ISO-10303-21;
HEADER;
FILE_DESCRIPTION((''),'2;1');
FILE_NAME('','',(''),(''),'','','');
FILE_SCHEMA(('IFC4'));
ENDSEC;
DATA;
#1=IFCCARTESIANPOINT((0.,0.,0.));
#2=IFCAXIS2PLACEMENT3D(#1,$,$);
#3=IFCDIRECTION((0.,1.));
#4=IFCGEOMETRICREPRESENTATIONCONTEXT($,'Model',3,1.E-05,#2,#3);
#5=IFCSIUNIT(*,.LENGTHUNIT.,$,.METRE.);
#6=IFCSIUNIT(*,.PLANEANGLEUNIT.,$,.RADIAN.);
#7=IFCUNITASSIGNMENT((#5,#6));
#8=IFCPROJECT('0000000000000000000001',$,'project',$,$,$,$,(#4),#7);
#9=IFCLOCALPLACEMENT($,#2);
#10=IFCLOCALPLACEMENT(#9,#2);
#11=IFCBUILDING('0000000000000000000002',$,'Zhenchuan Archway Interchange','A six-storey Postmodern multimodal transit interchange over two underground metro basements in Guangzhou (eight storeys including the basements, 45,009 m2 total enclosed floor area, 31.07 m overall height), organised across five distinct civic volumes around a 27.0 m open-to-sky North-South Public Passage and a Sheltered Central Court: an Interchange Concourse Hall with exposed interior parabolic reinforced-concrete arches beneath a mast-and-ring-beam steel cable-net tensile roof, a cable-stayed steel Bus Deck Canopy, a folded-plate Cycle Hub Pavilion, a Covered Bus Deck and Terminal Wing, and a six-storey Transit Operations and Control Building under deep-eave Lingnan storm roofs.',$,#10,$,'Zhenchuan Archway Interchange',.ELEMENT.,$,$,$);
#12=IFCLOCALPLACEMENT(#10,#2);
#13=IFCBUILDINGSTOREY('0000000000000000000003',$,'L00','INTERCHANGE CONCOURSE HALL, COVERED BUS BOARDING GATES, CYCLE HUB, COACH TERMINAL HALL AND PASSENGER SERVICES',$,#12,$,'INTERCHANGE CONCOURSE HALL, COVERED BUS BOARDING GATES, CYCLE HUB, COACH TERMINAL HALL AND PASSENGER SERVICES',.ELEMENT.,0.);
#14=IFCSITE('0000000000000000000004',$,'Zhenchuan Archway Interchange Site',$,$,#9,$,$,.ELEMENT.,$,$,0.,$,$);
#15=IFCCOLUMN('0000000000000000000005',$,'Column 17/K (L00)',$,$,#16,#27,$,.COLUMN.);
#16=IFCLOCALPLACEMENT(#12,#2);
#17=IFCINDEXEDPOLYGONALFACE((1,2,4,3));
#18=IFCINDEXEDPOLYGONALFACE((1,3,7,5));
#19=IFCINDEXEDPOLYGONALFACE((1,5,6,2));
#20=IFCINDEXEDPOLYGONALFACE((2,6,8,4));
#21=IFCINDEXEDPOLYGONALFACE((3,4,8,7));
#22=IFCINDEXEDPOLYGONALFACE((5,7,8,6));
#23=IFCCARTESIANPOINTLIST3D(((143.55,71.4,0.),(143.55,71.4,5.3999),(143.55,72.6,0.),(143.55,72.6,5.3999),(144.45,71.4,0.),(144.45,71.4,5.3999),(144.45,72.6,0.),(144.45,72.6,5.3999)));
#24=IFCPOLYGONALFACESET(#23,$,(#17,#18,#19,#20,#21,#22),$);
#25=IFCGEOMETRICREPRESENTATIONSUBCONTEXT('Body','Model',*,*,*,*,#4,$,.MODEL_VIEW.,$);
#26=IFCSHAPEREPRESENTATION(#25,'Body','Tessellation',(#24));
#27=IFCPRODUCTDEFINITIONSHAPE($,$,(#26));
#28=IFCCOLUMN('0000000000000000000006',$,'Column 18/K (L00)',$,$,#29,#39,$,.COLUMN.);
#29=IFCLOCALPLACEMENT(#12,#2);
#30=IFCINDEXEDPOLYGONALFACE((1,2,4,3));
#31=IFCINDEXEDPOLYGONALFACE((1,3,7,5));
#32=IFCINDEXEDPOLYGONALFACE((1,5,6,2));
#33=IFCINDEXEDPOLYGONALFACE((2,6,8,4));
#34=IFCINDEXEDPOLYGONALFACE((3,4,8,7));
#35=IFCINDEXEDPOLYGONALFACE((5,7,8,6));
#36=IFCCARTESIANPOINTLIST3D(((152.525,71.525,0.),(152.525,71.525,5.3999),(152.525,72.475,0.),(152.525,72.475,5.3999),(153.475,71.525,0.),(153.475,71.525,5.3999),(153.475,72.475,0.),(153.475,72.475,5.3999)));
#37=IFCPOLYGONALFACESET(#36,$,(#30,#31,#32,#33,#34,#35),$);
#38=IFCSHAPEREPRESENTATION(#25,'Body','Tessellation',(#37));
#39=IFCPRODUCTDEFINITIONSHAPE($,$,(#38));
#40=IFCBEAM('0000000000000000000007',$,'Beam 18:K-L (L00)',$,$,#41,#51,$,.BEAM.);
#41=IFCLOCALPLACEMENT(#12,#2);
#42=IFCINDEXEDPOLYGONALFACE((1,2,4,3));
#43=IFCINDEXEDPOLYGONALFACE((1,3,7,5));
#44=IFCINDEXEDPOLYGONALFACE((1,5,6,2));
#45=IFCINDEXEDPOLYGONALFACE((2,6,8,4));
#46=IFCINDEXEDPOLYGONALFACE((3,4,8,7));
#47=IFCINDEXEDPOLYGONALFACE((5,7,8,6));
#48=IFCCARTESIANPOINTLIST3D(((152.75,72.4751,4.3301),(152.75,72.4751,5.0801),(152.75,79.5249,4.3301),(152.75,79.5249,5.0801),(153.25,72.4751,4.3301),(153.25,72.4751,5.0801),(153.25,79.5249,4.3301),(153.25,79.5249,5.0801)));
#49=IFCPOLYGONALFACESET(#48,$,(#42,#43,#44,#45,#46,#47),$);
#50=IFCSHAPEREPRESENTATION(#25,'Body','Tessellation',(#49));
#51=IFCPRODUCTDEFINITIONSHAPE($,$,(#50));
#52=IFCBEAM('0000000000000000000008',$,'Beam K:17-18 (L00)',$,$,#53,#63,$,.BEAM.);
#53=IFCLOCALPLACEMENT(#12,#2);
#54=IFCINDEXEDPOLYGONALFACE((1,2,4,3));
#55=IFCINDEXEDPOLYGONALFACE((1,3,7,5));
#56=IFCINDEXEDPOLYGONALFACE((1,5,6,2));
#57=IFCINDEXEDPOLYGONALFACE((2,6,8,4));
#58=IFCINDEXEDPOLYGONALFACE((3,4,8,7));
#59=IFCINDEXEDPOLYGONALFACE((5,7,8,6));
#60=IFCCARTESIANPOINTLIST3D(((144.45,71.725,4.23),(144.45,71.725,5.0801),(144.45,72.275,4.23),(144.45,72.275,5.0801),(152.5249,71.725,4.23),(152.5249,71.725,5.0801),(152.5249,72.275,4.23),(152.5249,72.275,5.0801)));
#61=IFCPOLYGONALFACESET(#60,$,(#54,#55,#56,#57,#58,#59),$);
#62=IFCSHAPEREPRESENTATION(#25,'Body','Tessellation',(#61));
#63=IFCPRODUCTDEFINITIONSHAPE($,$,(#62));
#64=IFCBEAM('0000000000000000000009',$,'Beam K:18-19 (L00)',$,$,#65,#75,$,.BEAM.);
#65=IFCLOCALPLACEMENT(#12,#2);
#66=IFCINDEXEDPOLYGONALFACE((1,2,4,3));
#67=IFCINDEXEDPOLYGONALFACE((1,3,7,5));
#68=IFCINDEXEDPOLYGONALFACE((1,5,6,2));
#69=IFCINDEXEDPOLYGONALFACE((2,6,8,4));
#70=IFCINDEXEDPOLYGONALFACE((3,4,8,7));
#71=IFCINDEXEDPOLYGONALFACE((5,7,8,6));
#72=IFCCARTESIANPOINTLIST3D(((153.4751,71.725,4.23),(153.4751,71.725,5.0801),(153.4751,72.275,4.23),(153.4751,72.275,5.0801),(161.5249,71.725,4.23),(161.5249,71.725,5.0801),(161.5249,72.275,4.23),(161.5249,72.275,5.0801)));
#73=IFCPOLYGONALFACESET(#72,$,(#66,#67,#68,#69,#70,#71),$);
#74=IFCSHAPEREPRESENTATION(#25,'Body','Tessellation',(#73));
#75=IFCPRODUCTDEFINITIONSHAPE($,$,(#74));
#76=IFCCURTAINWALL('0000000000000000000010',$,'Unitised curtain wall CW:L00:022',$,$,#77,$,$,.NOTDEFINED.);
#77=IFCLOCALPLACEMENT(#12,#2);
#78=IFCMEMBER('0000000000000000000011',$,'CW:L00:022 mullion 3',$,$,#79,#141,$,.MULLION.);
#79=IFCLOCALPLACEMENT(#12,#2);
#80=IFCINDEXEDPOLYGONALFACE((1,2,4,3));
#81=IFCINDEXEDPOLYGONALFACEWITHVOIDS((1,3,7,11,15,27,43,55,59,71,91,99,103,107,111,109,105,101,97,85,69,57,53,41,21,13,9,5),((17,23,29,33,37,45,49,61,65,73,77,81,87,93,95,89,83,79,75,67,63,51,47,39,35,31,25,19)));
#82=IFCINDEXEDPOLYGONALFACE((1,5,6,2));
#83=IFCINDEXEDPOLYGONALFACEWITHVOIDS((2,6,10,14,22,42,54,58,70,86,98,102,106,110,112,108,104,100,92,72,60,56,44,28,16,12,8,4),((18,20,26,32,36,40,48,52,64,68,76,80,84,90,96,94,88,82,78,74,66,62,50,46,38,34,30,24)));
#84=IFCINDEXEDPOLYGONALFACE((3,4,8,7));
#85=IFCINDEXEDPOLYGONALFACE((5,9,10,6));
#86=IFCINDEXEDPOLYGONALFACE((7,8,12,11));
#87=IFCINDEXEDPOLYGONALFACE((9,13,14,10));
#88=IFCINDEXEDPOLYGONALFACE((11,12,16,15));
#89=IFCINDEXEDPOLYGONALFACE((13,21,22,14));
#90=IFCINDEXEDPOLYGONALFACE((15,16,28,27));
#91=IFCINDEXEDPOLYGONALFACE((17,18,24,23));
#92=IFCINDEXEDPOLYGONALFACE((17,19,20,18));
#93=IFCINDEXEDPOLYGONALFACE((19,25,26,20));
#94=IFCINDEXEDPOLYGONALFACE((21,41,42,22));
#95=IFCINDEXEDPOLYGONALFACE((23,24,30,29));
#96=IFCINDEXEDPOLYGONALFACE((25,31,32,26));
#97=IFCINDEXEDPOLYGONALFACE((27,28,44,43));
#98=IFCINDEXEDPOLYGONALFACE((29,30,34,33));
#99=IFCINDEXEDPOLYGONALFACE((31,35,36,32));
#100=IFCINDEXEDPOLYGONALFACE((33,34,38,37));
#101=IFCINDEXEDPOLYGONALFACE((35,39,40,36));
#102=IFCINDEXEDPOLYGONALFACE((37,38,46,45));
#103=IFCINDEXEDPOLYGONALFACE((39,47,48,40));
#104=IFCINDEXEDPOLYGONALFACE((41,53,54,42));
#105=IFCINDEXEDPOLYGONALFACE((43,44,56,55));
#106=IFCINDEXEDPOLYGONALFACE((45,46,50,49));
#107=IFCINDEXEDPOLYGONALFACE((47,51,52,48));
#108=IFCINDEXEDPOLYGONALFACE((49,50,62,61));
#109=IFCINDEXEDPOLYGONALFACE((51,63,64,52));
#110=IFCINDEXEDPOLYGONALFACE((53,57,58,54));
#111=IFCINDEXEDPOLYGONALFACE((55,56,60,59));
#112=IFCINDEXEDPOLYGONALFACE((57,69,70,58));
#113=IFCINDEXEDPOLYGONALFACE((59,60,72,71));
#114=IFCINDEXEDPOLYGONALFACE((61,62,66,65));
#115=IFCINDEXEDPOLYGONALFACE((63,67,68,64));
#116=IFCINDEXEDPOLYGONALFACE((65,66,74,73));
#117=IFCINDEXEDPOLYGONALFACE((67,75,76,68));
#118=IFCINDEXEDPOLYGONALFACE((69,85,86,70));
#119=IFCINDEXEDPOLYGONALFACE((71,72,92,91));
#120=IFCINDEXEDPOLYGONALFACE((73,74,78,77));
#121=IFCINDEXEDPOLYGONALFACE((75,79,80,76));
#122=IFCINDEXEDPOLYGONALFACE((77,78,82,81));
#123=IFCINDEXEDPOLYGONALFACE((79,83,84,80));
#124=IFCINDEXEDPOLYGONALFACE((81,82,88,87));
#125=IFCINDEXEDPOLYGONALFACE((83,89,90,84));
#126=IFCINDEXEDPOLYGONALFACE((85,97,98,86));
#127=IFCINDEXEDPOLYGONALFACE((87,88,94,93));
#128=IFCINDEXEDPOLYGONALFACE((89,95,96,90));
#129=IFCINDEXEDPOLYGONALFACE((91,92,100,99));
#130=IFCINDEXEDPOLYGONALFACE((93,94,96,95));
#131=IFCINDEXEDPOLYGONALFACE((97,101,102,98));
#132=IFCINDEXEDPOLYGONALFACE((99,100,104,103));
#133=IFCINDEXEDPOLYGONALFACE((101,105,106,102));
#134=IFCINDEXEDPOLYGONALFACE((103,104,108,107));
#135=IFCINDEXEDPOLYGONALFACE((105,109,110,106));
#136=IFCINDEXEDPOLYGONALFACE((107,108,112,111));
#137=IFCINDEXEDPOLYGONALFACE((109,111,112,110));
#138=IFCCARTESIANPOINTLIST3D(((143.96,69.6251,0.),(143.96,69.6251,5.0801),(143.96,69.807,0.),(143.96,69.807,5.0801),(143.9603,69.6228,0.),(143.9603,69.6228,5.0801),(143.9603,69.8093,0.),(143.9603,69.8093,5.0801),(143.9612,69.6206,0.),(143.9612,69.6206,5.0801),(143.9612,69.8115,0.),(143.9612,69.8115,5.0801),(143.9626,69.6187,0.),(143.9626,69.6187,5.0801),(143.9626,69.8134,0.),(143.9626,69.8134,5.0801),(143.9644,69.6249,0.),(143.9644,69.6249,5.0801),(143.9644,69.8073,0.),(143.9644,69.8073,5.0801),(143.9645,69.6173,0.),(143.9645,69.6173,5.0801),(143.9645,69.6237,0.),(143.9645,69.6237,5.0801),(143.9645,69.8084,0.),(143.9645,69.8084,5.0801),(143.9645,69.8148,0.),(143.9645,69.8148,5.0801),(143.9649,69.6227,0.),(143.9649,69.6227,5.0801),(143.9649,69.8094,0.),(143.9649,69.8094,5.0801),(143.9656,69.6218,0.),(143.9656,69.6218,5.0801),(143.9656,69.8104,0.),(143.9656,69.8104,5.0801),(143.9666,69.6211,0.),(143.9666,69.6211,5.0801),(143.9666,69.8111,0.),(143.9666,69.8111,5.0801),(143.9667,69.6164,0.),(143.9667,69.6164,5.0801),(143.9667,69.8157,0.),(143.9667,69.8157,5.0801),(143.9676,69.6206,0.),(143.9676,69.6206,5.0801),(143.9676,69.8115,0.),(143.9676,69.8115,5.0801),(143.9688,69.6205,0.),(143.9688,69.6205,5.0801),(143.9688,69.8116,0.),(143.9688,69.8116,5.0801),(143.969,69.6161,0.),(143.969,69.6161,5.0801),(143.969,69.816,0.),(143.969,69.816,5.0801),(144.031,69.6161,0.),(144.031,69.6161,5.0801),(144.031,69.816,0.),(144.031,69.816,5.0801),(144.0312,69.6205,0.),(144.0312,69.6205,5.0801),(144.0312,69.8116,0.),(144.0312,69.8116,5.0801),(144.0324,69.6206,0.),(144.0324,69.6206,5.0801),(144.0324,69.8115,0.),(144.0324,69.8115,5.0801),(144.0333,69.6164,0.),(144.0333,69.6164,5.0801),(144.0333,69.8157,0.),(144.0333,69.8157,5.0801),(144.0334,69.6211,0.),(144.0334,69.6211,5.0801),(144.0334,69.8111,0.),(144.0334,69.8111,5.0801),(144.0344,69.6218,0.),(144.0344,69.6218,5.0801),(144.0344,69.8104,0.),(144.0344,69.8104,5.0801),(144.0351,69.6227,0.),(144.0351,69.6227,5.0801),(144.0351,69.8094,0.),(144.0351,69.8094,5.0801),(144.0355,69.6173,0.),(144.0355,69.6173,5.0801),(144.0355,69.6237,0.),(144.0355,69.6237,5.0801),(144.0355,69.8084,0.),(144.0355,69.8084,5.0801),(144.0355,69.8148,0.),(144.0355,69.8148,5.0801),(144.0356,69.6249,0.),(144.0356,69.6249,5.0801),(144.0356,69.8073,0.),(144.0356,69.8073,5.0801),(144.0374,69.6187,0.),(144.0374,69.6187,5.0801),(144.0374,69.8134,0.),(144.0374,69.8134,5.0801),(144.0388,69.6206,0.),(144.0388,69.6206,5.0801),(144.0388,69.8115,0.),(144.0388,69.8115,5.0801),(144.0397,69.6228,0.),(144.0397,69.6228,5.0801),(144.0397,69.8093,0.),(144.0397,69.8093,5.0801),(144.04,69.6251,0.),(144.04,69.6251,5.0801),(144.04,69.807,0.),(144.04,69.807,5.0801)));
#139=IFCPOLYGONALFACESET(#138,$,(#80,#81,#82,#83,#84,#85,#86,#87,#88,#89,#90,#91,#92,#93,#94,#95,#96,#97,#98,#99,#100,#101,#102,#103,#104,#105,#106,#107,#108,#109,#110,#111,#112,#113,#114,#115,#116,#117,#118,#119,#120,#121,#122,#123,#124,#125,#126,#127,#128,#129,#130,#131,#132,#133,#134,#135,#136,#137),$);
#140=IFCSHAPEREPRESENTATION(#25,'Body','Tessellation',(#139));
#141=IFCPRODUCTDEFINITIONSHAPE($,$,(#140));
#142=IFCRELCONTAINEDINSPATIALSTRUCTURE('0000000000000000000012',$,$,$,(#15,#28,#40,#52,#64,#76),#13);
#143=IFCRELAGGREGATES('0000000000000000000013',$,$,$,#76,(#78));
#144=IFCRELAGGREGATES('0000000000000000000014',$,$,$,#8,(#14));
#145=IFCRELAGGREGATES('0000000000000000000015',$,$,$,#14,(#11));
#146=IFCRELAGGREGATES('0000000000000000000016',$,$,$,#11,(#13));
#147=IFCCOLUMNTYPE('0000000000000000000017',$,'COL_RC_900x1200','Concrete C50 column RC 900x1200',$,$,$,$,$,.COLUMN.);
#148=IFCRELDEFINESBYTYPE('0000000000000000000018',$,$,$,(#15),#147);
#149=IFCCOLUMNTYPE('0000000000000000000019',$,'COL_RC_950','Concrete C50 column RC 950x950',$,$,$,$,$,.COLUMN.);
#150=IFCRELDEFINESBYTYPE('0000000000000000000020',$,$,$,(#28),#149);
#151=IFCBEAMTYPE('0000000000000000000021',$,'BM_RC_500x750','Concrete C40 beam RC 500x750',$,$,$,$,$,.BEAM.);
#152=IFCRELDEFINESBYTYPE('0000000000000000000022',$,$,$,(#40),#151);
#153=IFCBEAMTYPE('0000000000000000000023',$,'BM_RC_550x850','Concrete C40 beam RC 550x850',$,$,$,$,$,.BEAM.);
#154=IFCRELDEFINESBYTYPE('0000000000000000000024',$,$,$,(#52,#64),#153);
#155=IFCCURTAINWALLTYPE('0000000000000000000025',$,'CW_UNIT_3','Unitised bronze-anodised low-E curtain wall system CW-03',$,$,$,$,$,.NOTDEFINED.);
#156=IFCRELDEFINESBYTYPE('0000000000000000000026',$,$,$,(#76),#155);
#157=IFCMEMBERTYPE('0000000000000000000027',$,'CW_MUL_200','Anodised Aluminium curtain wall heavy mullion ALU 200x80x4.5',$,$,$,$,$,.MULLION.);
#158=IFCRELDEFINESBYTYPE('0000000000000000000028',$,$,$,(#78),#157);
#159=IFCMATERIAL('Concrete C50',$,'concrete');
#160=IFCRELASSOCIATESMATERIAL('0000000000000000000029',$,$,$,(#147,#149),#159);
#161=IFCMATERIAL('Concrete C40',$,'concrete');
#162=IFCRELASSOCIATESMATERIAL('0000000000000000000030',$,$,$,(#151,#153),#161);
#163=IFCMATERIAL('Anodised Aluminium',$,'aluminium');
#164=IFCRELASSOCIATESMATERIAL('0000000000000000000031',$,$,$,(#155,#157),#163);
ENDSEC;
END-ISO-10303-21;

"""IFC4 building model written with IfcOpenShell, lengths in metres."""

from ifc_helpers import new_model, si_unit, direction, frame, origin, origin_2d, place, context, subcontext, project, spatial, rectangle, hollow_rectangle, extrude, material, material_profile, profile_set, type_object, element, aggregate, save


model = new_model("IFC4")

# Units and contexts
model_context = context("Model", 3, precision=1e-05, world=origin(), true_north=direction((0.0, 1.0)))
body_context = subcontext(model_context, "Body", "Model", "MODEL_VIEW")
ifc_project = project(units=[si_unit("LENGTHUNIT", "METRE"), si_unit("PLANEANGLEUNIT", "RADIAN")], contexts=[model_context])

# Site, building, storey
site_placement = place(None, origin())
site = spatial("IfcSite", under=ifc_project, at=site_placement, Name="Zhenchuan Archway Interchange Site", CompositionType="ELEMENT", RefElevation=0.0)
building_placement = place(site_placement, origin())
building = spatial("IfcBuilding", under=site, at=building_placement, Name="Zhenchuan Archway Interchange", Description="A six-storey Postmodern multimodal transit interchange over two underground metro basements in Guangzhou (eight storeys including the basements, 45,009 m2 total enclosed floor area, 31.07 m overall height), organised across five distinct civic volumes around a 27.0 m open-to-sky North-South Public Passage and a Sheltered Central Court: an Interchange Concourse Hall with exposed interior parabolic reinforced-concrete arches beneath a mast-and-ring-beam steel cable-net tensile roof, a cable-stayed steel Bus Deck Canopy, a folded-plate Cycle Hub Pavilion, a Covered Bus Deck and Terminal Wing, and a six-storey Transit Operations and Control Building under deep-eave Lingnan storm roofs.", LongName="Zhenchuan Archway Interchange", CompositionType="ELEMENT")
storey_placement = place(building_placement, origin())
storey = spatial("IfcBuildingStorey", under=building, at=storey_placement, Name="L00", Description="INTERCHANGE CONCOURSE HALL, COVERED BUS BOARDING GATES, CYCLE HUB, COACH TERMINAL HALL AND PASSENGER SERVICES", LongName="INTERCHANGE CONCOURSE HALL, COVERED BUS BOARDING GATES, CYCLE HUB, COACH TERMINAL HALL AND PASSENGER SERVICES", CompositionType="ELEMENT", Elevation=0.0)

# Columns
ifc_material_1 = material(Name="Concrete C50", Category="concrete")
ifc_material_profile_1 = material_profile(ifc_material_1, rectangle(XDim=0.8999, YDim=1.2, at=origin_2d()), Name="RC 900x1200")
ifc_profile_set_1 = profile_set([ifc_material_profile_1], Name="Concrete C50")
column_type_1 = type_object("IfcColumnType", Name="COL_RC_900x1200", Description="Concrete C50 column RC 900x1200", PredefinedType="COLUMN", material=ifc_profile_set_1)
column_1_placement = place(storey_placement, frame((144.0, 72.0, 0.0), z_axis=(0.0, 0.0, 1.0), x_axis=(1.0, 0.0, 0.0)))
element("IfcColumn", 1, at=column_1_placement, inside=storey, type_object=column_type_1, Name="Column 17/K (L00)", PredefinedType="COLUMN", context=body_context, shape_type="SweptSolid", body=[
    extrude(rectangle(XDim=0.8999, YDim=1.2, at=origin_2d()), origin(), (0.0, 0.0, 1.0), 5.3999),
])
ifc_material_profile_2 = material_profile(ifc_material_1, rectangle(XDim=0.95, YDim=0.95, at=origin_2d()), Name="RC 950x950")
ifc_profile_set_2 = profile_set([ifc_material_profile_2], Name="Concrete C50")
column_type_2 = type_object("IfcColumnType", Name="COL_RC_950", Description="Concrete C50 column RC 950x950", PredefinedType="COLUMN", material=ifc_profile_set_2)
column_2_placement = place(storey_placement, frame((153.0, 72.0, 0.0), z_axis=(0.0, 0.0, 1.0), x_axis=(1.0, 0.0, 0.0)))
element("IfcColumn", 2, at=column_2_placement, inside=storey, type_object=column_type_2, Name="Column 18/K (L00)", PredefinedType="COLUMN", context=body_context, shape_type="SweptSolid", body=[
    extrude(rectangle(XDim=0.95, YDim=0.95, at=origin_2d()), origin(), (0.0, 0.0, 1.0), 5.3999),
])

# Beams
ifc_material_2 = material(Name="Concrete C40", Category="concrete")
ifc_material_profile_3 = material_profile(ifc_material_2, rectangle(XDim=0.5, YDim=0.75, at=origin_2d()), Name="RC 500x750")
ifc_profile_set_3 = profile_set([ifc_material_profile_3], Name="Concrete C40")
beam_type_1 = type_object("IfcBeamType", Name="BM_RC_500x750", Description="Concrete C40 beam RC 500x750", PredefinedType="BEAM", material=ifc_profile_set_3)
beam_1_placement = place(storey_placement, frame((153.0, 72.4751, 4.7051), z_axis=(0.0, 1.0, 0.0), x_axis=(-1.0, 0.0, 0.0)))
element("IfcBeam", 3, at=beam_1_placement, inside=storey, type_object=beam_type_1, Name="Beam 18:K-L (L00)", PredefinedType="BEAM", context=body_context, shape_type="SweptSolid", body=[
    extrude(rectangle(XDim=0.5, YDim=0.75, at=origin_2d()), origin(), (0.0, 0.0, 1.0), 7.0498),
])
ifc_material_profile_4 = material_profile(ifc_material_2, rectangle(XDim=0.55, YDim=0.8501, at=origin_2d()), Name="RC 550x850")
ifc_profile_set_4 = profile_set([ifc_material_profile_4], Name="Concrete C40")
beam_type_2 = type_object("IfcBeamType", Name="BM_RC_550x850", Description="Concrete C40 beam RC 550x850", PredefinedType="BEAM", material=ifc_profile_set_4)
beam_2_placement = place(storey_placement, frame((144.45, 72.0, 4.655), z_axis=(1.0, 0.0, 0.0), x_axis=(0.0, 1.0, 0.0)))
element("IfcBeam", 4, at=beam_2_placement, inside=storey, type_object=beam_type_2, Name="Beam K:17-18 (L00)", PredefinedType="BEAM", context=body_context, shape_type="SweptSolid", body=[
    extrude(rectangle(XDim=0.55, YDim=0.8501, at=origin_2d()), origin(), (0.0, 0.0, 1.0), 8.075),
])
beam_3_placement = place(storey_placement, frame((153.4751, 72.0, 4.655), z_axis=(1.0, 0.0, 0.0), x_axis=(0.0, 1.0, 0.0)))
element("IfcBeam", 5, at=beam_3_placement, inside=storey, type_object=beam_type_2, Name="Beam K:18-19 (L00)", PredefinedType="BEAM", context=body_context, shape_type="SweptSolid", body=[
    extrude(rectangle(XDim=0.55, YDim=0.8501, at=origin_2d()), origin(), (0.0, 0.0, 1.0), 8.0498),
])

# Curtain wall, member
ifc_material_3 = material(Name="Anodised Aluminium", Category="aluminium")
curtain_wall_type = type_object("IfcCurtainWallType", Name="CW_UNIT_3", Description="Unitised bronze-anodised low-E curtain wall system CW-03", PredefinedType="NOTDEFINED", material=ifc_material_3)
curtain_wall_placement = place(storey_placement, origin())
curtain_wall = element("IfcCurtainWall", 6, at=curtain_wall_placement, inside=storey, type_object=curtain_wall_type, Name="Unitised curtain wall CW:L00:022", PredefinedType="NOTDEFINED")
ifc_material_profile_5 = material_profile(ifc_material_3, hollow_rectangle(XDim=0.0801, YDim=0.2, WallThickness=0.0044, InnerFilletRadius=0.0044, OuterFilletRadius=0.009, at=origin_2d()), Name="ALU 200x80x4.5")
ifc_profile_set_5 = profile_set([ifc_material_profile_5], Name="Anodised Aluminium")
member_type_1 = type_object("IfcMemberType", Name="CW_MUL_200", Description="Anodised Aluminium curtain wall heavy mullion ALU 200x80x4.5", PredefinedType="MULLION", material=ifc_profile_set_5)
member_1_placement = place(storey_placement, frame((144.0, 69.7161, 0.0), z_axis=(0.0, 0.0, 1.0), x_axis=(1.0, 0.0, 0.0)))
member_1 = element("IfcMember", 7, at=member_1_placement, type_object=member_type_1, Name="CW:L00:022 mullion 3", PredefinedType="MULLION", context=body_context, shape_type="SweptSolid", body=[
    extrude(hollow_rectangle(XDim=0.0801, YDim=0.2, WallThickness=0.0044, InnerFilletRadius=0.0044, OuterFilletRadius=0.009, at=origin_2d()), origin(), (0.0, 0.0, 1.0), 5.0801),
])

aggregate(curtain_wall, [member_1])

save(model, "model.ifc")
